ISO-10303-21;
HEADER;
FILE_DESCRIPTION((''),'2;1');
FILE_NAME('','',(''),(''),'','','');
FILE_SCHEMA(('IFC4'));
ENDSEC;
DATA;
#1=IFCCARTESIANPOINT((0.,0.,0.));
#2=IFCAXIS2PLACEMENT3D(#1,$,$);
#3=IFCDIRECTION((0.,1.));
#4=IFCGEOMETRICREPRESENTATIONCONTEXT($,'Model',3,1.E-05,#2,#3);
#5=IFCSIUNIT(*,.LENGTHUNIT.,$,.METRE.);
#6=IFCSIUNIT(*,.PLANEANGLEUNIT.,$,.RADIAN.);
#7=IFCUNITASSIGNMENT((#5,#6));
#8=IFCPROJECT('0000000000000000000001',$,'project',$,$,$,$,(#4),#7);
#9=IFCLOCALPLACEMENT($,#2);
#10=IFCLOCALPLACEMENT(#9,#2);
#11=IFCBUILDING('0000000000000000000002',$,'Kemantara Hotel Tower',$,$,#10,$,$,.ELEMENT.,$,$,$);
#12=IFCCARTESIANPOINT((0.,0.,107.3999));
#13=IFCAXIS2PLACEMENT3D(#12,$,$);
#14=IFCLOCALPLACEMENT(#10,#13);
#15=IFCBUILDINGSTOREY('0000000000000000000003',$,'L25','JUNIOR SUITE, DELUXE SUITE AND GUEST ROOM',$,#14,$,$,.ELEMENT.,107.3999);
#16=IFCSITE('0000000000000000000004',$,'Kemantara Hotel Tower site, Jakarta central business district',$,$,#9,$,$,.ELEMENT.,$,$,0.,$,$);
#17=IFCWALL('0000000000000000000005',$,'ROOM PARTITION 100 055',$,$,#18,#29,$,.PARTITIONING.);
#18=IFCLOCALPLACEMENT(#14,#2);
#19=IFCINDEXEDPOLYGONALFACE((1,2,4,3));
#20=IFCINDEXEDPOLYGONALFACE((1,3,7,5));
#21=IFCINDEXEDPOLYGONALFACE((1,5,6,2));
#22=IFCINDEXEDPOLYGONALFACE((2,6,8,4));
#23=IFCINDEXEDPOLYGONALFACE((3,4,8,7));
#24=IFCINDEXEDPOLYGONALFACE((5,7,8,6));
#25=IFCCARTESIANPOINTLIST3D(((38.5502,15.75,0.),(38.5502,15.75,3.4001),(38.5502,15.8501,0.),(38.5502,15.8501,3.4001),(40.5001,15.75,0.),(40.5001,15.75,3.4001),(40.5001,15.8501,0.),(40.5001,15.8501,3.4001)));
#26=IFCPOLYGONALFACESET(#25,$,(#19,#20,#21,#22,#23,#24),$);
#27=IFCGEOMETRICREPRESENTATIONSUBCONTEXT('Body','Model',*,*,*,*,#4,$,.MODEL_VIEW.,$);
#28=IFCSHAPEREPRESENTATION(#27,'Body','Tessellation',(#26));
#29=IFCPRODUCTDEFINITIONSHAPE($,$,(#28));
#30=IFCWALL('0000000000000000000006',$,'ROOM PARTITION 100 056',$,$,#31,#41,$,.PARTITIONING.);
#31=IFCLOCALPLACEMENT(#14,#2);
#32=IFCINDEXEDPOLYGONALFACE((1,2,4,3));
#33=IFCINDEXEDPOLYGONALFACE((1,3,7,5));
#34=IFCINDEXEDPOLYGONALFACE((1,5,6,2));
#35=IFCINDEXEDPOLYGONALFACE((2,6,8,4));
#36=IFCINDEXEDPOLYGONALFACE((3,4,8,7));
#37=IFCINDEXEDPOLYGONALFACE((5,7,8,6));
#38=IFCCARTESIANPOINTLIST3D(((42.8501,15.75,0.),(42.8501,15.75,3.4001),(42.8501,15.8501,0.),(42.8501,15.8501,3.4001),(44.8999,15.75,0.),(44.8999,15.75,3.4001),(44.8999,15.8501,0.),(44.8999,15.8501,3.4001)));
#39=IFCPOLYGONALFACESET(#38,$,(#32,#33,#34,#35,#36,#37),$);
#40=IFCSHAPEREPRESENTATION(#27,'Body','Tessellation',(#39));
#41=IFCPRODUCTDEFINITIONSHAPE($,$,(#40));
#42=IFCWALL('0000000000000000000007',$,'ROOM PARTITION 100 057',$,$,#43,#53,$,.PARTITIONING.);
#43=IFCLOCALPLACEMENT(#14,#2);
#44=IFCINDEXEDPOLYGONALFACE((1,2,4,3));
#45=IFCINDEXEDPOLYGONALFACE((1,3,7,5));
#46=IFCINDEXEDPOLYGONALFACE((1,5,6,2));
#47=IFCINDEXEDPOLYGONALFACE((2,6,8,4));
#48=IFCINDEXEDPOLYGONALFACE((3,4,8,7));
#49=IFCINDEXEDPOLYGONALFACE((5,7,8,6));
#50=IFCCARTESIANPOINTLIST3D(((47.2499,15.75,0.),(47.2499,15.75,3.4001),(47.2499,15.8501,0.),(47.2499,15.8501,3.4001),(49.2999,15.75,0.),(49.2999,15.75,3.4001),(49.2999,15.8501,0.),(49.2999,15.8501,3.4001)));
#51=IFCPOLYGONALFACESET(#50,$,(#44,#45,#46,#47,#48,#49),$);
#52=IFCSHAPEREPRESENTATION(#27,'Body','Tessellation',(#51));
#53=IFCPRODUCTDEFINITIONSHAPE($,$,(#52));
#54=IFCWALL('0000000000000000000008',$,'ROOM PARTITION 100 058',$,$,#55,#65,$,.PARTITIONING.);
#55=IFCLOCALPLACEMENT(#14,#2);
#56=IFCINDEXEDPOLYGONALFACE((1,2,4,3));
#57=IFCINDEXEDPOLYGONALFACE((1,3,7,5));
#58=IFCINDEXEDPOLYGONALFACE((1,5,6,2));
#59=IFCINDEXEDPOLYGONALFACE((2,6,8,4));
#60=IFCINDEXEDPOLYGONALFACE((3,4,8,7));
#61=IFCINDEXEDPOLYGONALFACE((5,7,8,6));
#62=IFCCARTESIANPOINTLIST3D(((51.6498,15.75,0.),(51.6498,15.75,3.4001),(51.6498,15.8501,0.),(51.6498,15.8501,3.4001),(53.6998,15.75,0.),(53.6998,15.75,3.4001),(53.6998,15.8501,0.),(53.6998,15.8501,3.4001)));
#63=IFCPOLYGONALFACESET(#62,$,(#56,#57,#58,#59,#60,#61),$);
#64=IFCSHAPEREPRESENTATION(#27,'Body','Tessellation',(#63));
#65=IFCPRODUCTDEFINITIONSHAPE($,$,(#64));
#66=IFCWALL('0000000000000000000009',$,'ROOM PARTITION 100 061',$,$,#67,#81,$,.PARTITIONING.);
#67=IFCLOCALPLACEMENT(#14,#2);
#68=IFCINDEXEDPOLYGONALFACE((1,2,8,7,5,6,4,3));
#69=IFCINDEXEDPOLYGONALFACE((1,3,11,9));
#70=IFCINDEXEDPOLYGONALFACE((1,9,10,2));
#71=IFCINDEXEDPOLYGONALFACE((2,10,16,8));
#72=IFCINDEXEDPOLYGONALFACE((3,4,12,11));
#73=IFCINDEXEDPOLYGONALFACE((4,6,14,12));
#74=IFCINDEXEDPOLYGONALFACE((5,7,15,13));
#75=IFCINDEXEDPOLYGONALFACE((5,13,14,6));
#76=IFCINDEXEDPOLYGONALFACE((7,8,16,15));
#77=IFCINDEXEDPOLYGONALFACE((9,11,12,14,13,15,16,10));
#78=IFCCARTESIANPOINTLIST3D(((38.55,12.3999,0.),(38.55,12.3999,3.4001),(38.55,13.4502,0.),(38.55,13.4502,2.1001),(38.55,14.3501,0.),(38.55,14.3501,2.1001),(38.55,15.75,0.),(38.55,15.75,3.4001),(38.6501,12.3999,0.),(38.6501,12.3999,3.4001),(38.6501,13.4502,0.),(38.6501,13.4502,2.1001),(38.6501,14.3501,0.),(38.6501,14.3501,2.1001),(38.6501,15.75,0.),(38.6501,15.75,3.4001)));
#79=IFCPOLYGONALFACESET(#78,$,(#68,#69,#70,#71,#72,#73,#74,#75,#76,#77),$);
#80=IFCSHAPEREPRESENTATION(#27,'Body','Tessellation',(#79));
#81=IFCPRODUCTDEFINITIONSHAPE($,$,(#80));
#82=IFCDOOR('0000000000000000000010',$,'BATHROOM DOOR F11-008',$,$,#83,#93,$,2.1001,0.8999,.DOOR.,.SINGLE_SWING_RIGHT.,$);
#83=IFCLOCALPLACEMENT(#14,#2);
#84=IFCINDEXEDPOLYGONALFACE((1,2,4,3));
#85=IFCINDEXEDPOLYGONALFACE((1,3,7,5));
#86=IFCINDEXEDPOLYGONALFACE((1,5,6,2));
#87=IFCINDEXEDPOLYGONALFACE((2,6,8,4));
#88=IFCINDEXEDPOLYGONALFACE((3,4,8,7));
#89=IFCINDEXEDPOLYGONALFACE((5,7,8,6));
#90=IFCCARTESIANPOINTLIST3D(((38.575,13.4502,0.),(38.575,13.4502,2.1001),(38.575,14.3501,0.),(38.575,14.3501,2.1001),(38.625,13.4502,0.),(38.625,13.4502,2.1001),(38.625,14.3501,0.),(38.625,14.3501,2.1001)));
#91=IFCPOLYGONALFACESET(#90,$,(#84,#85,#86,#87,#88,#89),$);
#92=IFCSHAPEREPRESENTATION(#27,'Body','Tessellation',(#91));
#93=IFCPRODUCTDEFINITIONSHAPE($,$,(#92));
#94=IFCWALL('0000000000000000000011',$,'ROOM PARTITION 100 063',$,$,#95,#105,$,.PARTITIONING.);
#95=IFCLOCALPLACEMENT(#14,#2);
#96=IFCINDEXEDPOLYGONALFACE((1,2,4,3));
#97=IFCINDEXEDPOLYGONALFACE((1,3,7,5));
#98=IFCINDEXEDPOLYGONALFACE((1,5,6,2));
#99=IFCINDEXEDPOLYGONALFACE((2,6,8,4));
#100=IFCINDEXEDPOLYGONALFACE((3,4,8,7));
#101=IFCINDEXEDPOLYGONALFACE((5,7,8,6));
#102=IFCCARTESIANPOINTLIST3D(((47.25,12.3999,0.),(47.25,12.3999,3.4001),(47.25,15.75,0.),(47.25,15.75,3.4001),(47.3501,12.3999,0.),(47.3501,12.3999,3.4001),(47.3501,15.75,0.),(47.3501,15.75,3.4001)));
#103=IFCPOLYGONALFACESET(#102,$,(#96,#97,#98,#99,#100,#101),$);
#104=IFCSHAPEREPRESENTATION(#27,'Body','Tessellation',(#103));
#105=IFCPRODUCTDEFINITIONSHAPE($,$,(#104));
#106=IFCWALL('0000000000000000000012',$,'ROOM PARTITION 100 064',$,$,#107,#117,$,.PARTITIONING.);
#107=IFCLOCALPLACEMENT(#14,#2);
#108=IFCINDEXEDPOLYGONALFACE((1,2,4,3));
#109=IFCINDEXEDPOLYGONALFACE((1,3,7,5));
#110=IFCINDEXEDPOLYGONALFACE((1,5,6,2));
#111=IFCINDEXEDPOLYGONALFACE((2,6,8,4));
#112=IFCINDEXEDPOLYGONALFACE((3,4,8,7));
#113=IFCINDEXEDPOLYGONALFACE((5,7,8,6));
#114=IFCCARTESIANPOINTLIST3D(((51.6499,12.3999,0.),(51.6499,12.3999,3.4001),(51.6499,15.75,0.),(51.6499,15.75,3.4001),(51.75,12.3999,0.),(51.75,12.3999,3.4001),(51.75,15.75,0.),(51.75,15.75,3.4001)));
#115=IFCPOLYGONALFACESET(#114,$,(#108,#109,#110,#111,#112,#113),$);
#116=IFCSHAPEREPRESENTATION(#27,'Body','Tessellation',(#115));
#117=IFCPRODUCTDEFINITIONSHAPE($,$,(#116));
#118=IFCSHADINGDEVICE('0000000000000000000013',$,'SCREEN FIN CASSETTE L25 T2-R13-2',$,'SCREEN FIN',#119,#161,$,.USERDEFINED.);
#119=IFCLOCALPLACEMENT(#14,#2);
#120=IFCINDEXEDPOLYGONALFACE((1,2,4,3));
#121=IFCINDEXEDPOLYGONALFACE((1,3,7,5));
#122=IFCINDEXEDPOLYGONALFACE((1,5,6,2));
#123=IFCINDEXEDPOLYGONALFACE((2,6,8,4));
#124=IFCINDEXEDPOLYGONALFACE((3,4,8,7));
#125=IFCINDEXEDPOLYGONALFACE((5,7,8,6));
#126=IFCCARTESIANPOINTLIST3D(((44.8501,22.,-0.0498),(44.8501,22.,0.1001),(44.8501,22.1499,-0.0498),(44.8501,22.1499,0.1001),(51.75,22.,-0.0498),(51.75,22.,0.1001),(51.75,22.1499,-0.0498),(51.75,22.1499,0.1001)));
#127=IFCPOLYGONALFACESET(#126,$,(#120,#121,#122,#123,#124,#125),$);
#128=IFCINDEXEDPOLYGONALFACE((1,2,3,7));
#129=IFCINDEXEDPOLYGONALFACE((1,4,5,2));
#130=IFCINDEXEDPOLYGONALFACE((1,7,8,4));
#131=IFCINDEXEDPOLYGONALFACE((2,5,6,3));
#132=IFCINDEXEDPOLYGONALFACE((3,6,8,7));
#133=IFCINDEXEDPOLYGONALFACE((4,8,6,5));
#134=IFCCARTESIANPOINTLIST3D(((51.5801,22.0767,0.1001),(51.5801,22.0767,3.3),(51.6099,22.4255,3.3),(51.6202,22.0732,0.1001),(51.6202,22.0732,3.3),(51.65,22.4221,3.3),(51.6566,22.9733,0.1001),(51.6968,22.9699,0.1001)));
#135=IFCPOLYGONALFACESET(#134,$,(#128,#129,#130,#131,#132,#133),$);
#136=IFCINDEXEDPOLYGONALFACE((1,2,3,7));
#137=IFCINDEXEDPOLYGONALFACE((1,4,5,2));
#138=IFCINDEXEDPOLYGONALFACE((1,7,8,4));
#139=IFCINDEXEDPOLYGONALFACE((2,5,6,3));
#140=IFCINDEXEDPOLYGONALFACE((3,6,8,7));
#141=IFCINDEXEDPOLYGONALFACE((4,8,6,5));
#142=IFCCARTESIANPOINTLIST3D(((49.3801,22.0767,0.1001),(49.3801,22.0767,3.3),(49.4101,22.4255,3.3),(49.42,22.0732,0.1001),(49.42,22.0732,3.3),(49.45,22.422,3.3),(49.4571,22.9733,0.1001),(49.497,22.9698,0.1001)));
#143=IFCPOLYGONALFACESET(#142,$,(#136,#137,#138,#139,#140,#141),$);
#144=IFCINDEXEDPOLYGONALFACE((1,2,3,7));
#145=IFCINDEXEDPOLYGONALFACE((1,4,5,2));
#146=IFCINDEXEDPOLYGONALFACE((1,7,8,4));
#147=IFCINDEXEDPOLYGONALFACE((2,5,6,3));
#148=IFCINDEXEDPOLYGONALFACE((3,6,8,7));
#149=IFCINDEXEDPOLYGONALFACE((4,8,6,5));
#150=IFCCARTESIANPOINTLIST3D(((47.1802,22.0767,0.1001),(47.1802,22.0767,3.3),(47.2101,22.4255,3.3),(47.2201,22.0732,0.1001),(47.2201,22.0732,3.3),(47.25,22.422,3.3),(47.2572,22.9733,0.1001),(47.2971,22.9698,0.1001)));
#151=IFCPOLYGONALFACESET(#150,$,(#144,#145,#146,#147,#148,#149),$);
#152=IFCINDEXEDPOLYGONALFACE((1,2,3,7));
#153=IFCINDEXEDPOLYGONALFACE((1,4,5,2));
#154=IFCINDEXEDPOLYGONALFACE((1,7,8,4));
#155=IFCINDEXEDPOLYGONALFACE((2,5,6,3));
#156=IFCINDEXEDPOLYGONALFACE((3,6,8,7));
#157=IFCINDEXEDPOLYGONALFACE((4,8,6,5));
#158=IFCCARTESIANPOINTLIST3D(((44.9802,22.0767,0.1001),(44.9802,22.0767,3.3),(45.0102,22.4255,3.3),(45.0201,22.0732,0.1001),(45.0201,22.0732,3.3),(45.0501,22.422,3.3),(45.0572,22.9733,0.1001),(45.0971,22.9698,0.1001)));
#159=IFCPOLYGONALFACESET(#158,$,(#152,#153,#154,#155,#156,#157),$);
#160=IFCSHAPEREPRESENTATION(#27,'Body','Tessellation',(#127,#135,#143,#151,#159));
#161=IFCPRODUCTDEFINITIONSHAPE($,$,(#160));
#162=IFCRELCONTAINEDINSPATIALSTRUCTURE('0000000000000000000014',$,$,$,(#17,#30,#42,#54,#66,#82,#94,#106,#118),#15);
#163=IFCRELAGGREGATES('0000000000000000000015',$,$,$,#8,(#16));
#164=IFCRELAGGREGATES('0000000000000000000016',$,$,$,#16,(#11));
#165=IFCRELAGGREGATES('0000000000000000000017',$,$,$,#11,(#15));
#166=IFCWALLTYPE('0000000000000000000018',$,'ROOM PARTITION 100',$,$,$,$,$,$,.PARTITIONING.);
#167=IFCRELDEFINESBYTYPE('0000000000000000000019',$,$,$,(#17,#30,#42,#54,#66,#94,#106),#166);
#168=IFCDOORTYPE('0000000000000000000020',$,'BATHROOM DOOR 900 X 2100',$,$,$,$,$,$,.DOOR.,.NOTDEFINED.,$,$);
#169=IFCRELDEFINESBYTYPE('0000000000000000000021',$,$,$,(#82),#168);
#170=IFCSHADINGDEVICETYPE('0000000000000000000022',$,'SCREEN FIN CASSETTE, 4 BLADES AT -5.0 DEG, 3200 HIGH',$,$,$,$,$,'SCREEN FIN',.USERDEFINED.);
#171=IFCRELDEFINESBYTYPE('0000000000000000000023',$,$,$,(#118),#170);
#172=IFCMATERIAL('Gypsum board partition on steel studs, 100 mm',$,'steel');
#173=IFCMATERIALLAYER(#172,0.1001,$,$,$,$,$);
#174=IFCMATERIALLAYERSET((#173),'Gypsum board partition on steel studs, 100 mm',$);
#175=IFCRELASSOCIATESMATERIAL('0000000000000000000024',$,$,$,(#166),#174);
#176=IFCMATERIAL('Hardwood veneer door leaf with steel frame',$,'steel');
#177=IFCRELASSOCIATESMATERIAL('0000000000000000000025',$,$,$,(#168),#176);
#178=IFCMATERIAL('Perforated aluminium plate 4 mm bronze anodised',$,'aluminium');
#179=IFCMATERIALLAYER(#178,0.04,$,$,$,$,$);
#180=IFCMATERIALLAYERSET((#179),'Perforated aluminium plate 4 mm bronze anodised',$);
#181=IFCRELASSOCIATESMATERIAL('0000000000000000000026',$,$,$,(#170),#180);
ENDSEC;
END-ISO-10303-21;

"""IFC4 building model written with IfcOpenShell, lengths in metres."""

from ifc_helpers import new_model, si_unit, direction, frame, frame_2d, origin, origin_2d, place, context, subcontext, project, spatial, polyline, rectangle, outline, extrude, source, transform, mapped, material, layer, layer_set, type_object, element, fill, save


model = new_model("IFC4")

# Units and contexts
model_context = context("Model", 3, precision=1e-05, world=origin(), true_north=direction((0.0, 1.0)))
body_context = subcontext(model_context, "Body", "Model", "MODEL_VIEW")
ifc_project = project(units=[si_unit("LENGTHUNIT", "METRE"), si_unit("PLANEANGLEUNIT", "RADIAN")], contexts=[model_context])

# Site, building, storey
site_placement = place(None, origin())
site = spatial("IfcSite", under=ifc_project, at=site_placement, Name="Kemantara Hotel Tower site, Jakarta central business district", CompositionType="ELEMENT", RefElevation=0.0)
building_placement = place(site_placement, origin())
building = spatial("IfcBuilding", under=site, at=building_placement, Name="Kemantara Hotel Tower", CompositionType="ELEMENT")
storey_placement = place(building_placement, frame((0.0, 0.0, 107.3999)))
storey = spatial("IfcBuildingStorey", under=building, at=storey_placement, Name="L25", Description="JUNIOR SUITE, DELUXE SUITE AND GUEST ROOM", CompositionType="ELEMENT", Elevation=107.3999)

# Walls
ifc_material_1 = material(Name="Gypsum board partition on steel studs, 100 mm", Category="steel")
ifc_layer_1 = layer(ifc_material_1, 0.1001)
ifc_layer_set_1 = layer_set([ifc_layer_1], Name="Gypsum board partition on steel studs, 100 mm")
wall_type_1 = type_object("IfcWallType", Name="ROOM PARTITION 100", PredefinedType="PARTITIONING", material=ifc_layer_set_1)
wall_1_placement = place(storey_placement, frame((38.55, 15.8, 0.0), z_axis=(0.0, 0.0, 1.0), x_axis=(1.0, 0.0, 0.0)))
element("IfcWall", 1, at=wall_1_placement, inside=storey, type_object=wall_type_1, Name="ROOM PARTITION 100 055", PredefinedType="PARTITIONING", context=body_context, shape_type="SweptSolid", body=[
    extrude(rectangle(XDim=1.95, YDim=0.1001, at=frame_2d((0.9751, 0.0))), origin(), (0.0, 0.0, 1.0), 3.4001),
])
wall_2_placement = place(storey_placement, frame((42.8501, 15.8, 0.0), z_axis=(0.0, 0.0, 1.0), x_axis=(1.0, 0.0, 0.0)))
element("IfcWall", 2, at=wall_2_placement, inside=storey, type_object=wall_type_1, Name="ROOM PARTITION 100 056", PredefinedType="PARTITIONING", context=body_context, shape_type="SweptSolid", body=[
    extrude(rectangle(XDim=2.0498, YDim=0.1001, at=frame_2d((1.0249, 0.0))), origin(), (0.0, 0.0, 1.0), 3.4001),
])
for number, where, z_axis, x_axis, name in (
    (3, (47.25, 15.8, 0.0), (0.0, 0.0, 1.0), (1.0, 0.0, 0.0), "ROOM PARTITION 100 057"),
    (4, (51.6499, 15.8, 0.0), (0.0, 0.0, 1.0), (1.0, 0.0, 0.0), "ROOM PARTITION 100 058"),
):
    element("IfcWall", number, at=place(storey_placement, frame(where, z_axis=z_axis, x_axis=x_axis)), inside=storey, type_object=wall_type_1, Name=name, PredefinedType="PARTITIONING", context=body_context, shape_type="SweptSolid", body=[
        extrude(rectangle(XDim=2.05, YDim=0.1001, at=frame_2d((1.0249, 0.0))), origin(), (0.0, 0.0, 1.0), 3.4001),
    ])

# Wall, opening, door
wall_3_placement = place(storey_placement, frame((38.6001, 15.75, 0.0), z_axis=(0.0, 0.0, 1.0), x_axis=(0.0, -1.0, 0.0)))
wall_3 = element("IfcWall", 5, at=wall_3_placement, inside=storey, type_object=wall_type_1, Name="ROOM PARTITION 100 061", PredefinedType="PARTITIONING", context=body_context, shape_type="SweptSolid", body=[
    extrude(rectangle(XDim=3.3501, YDim=0.1001, at=frame_2d((1.675, 0.0))), origin(), (0.0, 0.0, 1.0), 3.4001),
])
opening_placement = place(wall_3_placement, frame((1.3999, 0.0, 0.0)))
opening = element("IfcOpeningElement", 6, at=opening_placement, cuts=wall_3, PredefinedType="OPENING", context=body_context, shape_type="SweptSolid", body=[
    extrude(rectangle(XDim=0.8999, YDim=2.1001, at=frame_2d((0.45, 1.05))), frame((0.0, 0.0601, 0.0), z_axis=(0.0, -1.0, 0.0), x_axis=(1.0, 0.0, 0.0)), (0.0, 0.0, 1.0), 0.1201),
])
ifc_material_2 = material(Name="Hardwood veneer door leaf with steel frame", Category="steel")
door_type = type_object("IfcDoorType", Name="BATHROOM DOOR 900 X 2100", OperationType="NOTDEFINED", PredefinedType="DOOR", material=ifc_material_2)
door_placement = place(opening_placement, origin())
door = element("IfcDoor", 7, at=door_placement, inside=storey, type_object=door_type, Name="BATHROOM DOOR F11-008", OperationType="SINGLE_SWING_RIGHT", OverallHeight=2.1001, OverallWidth=0.8999, PredefinedType="DOOR", context=body_context, shape_type="SweptSolid", body=[
    extrude(rectangle(XDim=0.8999, YDim=2.1001, at=frame_2d((0.45, 1.05))), frame((0.0, 0.0249, 0.0), z_axis=(0.0, -1.0, 0.0), x_axis=(1.0, 0.0, 0.0)), (0.0, 0.0, 1.0), 0.05),
])
fill(opening, door)

# Walls
for number, where, z_axis, x_axis, name in (
    (8, (47.3, 12.3999, 0.0), (0.0, 0.0, 1.0), (0.0, 1.0, 0.0), "ROOM PARTITION 100 063"),
    (9, (51.7, 12.3999, 0.0), (0.0, 0.0, 1.0), (0.0, 1.0, 0.0), "ROOM PARTITION 100 064"),
):
    element("IfcWall", number, at=place(storey_placement, frame(where, z_axis=z_axis, x_axis=x_axis)), inside=storey, type_object=wall_type_1, Name=name, PredefinedType="PARTITIONING", context=body_context, shape_type="SweptSolid", body=[
        extrude(rectangle(XDim=3.3501, YDim=0.1001, at=frame_2d((1.675, 0.0))), origin(), (0.0, 0.0, 1.0), 3.4001),
    ])

# Shading device
ifc_material_3 = material(Name="Perforated aluminium plate 4 mm bronze anodised", Category="aluminium")
ifc_layer_2 = layer(ifc_material_3, 0.04)
ifc_layer_set_2 = layer_set([ifc_layer_2], Name="Perforated aluminium plate 4 mm bronze anodised")
shading_device_type_1 = type_object("IfcShadingDeviceType", Name="SCREEN FIN CASSETTE, 4 BLADES AT -5.0 DEG, 3200 HIGH", ElementType="SCREEN FIN", PredefinedType="USERDEFINED", material=ifc_layer_set_2)
shared_shape_1 = source(origin(), body_context, "Body", "SweptSolid", [
    extrude(rectangle(XDim=6.8999, YDim=0.1499, at=origin_2d()), frame((3.3, -0.075, -0.1499), z_axis=(0.0, 0.0, 1.0), x_axis=(1.0, 0.0, 0.0)), (0.0, 0.0, 1.0), 0.1499),
    extrude(outline(polyline([(0.0, 0.0), (0.8999, 0.0), (0.3501, 3.2), (0.0, 3.2), (0.0, 0.0)])), frame((0.02, -0.0767, 0.0), z_axis=(-0.996376, 0.085056, 0.0), x_axis=(-0.085056, -0.996376, 0.0)), (0.0, 0.0, 1.0), 0.0403),
    extrude(outline(polyline([(0.0, 0.0), (0.8999, 0.0), (0.3501, 3.2), (0.0, 3.2), (0.0, 0.0)])), frame((2.22, -0.0767, 0.0), z_axis=(-0.996332, 0.085575, 0.0), x_axis=(-0.085575, -0.996332, 0.0)), (0.0, 0.0, 1.0), 0.04),
    extrude(outline(polyline([(0.0, 0.0), (0.8999, 0.0), (0.3501, 3.2), (0.0, 3.2), (0.0, 0.0)])), frame((4.4199, -0.0767, 0.0), z_axis=(-0.996332, 0.085575, 0.0), x_axis=(-0.085575, -0.996332, 0.0)), (0.0, 0.0, 1.0), 0.04),
    extrude(outline(polyline([(0.0, 0.0), (0.8999, 0.0), (0.3501, 3.2), (0.0, 3.2), (0.0, 0.0)])), frame((6.6199, -0.0767, 0.0), z_axis=(-0.996332, 0.085575, 0.0), x_axis=(-0.085575, -0.996332, 0.0)), (0.0, 0.0, 1.0), 0.04),
])
shading_device_1_placement = place(storey_placement, frame((51.6001, 22.0, 0.1001), z_axis=(0.0, 0.0, 1.0), x_axis=(-1.0, 0.0, 0.0)))
element("IfcShadingDevice", 10, at=shading_device_1_placement, inside=storey, type_object=shading_device_type_1, Name="SCREEN FIN CASSETTE L25 T2-R13-2", ObjectType="SCREEN FIN", PredefinedType="USERDEFINED", context=body_context, shape_type="MappedRepresentation", body=[
    mapped(shared_shape_1, transform((0.0, 0.0, 0.0))),
])

save(model, "model.ifc")
